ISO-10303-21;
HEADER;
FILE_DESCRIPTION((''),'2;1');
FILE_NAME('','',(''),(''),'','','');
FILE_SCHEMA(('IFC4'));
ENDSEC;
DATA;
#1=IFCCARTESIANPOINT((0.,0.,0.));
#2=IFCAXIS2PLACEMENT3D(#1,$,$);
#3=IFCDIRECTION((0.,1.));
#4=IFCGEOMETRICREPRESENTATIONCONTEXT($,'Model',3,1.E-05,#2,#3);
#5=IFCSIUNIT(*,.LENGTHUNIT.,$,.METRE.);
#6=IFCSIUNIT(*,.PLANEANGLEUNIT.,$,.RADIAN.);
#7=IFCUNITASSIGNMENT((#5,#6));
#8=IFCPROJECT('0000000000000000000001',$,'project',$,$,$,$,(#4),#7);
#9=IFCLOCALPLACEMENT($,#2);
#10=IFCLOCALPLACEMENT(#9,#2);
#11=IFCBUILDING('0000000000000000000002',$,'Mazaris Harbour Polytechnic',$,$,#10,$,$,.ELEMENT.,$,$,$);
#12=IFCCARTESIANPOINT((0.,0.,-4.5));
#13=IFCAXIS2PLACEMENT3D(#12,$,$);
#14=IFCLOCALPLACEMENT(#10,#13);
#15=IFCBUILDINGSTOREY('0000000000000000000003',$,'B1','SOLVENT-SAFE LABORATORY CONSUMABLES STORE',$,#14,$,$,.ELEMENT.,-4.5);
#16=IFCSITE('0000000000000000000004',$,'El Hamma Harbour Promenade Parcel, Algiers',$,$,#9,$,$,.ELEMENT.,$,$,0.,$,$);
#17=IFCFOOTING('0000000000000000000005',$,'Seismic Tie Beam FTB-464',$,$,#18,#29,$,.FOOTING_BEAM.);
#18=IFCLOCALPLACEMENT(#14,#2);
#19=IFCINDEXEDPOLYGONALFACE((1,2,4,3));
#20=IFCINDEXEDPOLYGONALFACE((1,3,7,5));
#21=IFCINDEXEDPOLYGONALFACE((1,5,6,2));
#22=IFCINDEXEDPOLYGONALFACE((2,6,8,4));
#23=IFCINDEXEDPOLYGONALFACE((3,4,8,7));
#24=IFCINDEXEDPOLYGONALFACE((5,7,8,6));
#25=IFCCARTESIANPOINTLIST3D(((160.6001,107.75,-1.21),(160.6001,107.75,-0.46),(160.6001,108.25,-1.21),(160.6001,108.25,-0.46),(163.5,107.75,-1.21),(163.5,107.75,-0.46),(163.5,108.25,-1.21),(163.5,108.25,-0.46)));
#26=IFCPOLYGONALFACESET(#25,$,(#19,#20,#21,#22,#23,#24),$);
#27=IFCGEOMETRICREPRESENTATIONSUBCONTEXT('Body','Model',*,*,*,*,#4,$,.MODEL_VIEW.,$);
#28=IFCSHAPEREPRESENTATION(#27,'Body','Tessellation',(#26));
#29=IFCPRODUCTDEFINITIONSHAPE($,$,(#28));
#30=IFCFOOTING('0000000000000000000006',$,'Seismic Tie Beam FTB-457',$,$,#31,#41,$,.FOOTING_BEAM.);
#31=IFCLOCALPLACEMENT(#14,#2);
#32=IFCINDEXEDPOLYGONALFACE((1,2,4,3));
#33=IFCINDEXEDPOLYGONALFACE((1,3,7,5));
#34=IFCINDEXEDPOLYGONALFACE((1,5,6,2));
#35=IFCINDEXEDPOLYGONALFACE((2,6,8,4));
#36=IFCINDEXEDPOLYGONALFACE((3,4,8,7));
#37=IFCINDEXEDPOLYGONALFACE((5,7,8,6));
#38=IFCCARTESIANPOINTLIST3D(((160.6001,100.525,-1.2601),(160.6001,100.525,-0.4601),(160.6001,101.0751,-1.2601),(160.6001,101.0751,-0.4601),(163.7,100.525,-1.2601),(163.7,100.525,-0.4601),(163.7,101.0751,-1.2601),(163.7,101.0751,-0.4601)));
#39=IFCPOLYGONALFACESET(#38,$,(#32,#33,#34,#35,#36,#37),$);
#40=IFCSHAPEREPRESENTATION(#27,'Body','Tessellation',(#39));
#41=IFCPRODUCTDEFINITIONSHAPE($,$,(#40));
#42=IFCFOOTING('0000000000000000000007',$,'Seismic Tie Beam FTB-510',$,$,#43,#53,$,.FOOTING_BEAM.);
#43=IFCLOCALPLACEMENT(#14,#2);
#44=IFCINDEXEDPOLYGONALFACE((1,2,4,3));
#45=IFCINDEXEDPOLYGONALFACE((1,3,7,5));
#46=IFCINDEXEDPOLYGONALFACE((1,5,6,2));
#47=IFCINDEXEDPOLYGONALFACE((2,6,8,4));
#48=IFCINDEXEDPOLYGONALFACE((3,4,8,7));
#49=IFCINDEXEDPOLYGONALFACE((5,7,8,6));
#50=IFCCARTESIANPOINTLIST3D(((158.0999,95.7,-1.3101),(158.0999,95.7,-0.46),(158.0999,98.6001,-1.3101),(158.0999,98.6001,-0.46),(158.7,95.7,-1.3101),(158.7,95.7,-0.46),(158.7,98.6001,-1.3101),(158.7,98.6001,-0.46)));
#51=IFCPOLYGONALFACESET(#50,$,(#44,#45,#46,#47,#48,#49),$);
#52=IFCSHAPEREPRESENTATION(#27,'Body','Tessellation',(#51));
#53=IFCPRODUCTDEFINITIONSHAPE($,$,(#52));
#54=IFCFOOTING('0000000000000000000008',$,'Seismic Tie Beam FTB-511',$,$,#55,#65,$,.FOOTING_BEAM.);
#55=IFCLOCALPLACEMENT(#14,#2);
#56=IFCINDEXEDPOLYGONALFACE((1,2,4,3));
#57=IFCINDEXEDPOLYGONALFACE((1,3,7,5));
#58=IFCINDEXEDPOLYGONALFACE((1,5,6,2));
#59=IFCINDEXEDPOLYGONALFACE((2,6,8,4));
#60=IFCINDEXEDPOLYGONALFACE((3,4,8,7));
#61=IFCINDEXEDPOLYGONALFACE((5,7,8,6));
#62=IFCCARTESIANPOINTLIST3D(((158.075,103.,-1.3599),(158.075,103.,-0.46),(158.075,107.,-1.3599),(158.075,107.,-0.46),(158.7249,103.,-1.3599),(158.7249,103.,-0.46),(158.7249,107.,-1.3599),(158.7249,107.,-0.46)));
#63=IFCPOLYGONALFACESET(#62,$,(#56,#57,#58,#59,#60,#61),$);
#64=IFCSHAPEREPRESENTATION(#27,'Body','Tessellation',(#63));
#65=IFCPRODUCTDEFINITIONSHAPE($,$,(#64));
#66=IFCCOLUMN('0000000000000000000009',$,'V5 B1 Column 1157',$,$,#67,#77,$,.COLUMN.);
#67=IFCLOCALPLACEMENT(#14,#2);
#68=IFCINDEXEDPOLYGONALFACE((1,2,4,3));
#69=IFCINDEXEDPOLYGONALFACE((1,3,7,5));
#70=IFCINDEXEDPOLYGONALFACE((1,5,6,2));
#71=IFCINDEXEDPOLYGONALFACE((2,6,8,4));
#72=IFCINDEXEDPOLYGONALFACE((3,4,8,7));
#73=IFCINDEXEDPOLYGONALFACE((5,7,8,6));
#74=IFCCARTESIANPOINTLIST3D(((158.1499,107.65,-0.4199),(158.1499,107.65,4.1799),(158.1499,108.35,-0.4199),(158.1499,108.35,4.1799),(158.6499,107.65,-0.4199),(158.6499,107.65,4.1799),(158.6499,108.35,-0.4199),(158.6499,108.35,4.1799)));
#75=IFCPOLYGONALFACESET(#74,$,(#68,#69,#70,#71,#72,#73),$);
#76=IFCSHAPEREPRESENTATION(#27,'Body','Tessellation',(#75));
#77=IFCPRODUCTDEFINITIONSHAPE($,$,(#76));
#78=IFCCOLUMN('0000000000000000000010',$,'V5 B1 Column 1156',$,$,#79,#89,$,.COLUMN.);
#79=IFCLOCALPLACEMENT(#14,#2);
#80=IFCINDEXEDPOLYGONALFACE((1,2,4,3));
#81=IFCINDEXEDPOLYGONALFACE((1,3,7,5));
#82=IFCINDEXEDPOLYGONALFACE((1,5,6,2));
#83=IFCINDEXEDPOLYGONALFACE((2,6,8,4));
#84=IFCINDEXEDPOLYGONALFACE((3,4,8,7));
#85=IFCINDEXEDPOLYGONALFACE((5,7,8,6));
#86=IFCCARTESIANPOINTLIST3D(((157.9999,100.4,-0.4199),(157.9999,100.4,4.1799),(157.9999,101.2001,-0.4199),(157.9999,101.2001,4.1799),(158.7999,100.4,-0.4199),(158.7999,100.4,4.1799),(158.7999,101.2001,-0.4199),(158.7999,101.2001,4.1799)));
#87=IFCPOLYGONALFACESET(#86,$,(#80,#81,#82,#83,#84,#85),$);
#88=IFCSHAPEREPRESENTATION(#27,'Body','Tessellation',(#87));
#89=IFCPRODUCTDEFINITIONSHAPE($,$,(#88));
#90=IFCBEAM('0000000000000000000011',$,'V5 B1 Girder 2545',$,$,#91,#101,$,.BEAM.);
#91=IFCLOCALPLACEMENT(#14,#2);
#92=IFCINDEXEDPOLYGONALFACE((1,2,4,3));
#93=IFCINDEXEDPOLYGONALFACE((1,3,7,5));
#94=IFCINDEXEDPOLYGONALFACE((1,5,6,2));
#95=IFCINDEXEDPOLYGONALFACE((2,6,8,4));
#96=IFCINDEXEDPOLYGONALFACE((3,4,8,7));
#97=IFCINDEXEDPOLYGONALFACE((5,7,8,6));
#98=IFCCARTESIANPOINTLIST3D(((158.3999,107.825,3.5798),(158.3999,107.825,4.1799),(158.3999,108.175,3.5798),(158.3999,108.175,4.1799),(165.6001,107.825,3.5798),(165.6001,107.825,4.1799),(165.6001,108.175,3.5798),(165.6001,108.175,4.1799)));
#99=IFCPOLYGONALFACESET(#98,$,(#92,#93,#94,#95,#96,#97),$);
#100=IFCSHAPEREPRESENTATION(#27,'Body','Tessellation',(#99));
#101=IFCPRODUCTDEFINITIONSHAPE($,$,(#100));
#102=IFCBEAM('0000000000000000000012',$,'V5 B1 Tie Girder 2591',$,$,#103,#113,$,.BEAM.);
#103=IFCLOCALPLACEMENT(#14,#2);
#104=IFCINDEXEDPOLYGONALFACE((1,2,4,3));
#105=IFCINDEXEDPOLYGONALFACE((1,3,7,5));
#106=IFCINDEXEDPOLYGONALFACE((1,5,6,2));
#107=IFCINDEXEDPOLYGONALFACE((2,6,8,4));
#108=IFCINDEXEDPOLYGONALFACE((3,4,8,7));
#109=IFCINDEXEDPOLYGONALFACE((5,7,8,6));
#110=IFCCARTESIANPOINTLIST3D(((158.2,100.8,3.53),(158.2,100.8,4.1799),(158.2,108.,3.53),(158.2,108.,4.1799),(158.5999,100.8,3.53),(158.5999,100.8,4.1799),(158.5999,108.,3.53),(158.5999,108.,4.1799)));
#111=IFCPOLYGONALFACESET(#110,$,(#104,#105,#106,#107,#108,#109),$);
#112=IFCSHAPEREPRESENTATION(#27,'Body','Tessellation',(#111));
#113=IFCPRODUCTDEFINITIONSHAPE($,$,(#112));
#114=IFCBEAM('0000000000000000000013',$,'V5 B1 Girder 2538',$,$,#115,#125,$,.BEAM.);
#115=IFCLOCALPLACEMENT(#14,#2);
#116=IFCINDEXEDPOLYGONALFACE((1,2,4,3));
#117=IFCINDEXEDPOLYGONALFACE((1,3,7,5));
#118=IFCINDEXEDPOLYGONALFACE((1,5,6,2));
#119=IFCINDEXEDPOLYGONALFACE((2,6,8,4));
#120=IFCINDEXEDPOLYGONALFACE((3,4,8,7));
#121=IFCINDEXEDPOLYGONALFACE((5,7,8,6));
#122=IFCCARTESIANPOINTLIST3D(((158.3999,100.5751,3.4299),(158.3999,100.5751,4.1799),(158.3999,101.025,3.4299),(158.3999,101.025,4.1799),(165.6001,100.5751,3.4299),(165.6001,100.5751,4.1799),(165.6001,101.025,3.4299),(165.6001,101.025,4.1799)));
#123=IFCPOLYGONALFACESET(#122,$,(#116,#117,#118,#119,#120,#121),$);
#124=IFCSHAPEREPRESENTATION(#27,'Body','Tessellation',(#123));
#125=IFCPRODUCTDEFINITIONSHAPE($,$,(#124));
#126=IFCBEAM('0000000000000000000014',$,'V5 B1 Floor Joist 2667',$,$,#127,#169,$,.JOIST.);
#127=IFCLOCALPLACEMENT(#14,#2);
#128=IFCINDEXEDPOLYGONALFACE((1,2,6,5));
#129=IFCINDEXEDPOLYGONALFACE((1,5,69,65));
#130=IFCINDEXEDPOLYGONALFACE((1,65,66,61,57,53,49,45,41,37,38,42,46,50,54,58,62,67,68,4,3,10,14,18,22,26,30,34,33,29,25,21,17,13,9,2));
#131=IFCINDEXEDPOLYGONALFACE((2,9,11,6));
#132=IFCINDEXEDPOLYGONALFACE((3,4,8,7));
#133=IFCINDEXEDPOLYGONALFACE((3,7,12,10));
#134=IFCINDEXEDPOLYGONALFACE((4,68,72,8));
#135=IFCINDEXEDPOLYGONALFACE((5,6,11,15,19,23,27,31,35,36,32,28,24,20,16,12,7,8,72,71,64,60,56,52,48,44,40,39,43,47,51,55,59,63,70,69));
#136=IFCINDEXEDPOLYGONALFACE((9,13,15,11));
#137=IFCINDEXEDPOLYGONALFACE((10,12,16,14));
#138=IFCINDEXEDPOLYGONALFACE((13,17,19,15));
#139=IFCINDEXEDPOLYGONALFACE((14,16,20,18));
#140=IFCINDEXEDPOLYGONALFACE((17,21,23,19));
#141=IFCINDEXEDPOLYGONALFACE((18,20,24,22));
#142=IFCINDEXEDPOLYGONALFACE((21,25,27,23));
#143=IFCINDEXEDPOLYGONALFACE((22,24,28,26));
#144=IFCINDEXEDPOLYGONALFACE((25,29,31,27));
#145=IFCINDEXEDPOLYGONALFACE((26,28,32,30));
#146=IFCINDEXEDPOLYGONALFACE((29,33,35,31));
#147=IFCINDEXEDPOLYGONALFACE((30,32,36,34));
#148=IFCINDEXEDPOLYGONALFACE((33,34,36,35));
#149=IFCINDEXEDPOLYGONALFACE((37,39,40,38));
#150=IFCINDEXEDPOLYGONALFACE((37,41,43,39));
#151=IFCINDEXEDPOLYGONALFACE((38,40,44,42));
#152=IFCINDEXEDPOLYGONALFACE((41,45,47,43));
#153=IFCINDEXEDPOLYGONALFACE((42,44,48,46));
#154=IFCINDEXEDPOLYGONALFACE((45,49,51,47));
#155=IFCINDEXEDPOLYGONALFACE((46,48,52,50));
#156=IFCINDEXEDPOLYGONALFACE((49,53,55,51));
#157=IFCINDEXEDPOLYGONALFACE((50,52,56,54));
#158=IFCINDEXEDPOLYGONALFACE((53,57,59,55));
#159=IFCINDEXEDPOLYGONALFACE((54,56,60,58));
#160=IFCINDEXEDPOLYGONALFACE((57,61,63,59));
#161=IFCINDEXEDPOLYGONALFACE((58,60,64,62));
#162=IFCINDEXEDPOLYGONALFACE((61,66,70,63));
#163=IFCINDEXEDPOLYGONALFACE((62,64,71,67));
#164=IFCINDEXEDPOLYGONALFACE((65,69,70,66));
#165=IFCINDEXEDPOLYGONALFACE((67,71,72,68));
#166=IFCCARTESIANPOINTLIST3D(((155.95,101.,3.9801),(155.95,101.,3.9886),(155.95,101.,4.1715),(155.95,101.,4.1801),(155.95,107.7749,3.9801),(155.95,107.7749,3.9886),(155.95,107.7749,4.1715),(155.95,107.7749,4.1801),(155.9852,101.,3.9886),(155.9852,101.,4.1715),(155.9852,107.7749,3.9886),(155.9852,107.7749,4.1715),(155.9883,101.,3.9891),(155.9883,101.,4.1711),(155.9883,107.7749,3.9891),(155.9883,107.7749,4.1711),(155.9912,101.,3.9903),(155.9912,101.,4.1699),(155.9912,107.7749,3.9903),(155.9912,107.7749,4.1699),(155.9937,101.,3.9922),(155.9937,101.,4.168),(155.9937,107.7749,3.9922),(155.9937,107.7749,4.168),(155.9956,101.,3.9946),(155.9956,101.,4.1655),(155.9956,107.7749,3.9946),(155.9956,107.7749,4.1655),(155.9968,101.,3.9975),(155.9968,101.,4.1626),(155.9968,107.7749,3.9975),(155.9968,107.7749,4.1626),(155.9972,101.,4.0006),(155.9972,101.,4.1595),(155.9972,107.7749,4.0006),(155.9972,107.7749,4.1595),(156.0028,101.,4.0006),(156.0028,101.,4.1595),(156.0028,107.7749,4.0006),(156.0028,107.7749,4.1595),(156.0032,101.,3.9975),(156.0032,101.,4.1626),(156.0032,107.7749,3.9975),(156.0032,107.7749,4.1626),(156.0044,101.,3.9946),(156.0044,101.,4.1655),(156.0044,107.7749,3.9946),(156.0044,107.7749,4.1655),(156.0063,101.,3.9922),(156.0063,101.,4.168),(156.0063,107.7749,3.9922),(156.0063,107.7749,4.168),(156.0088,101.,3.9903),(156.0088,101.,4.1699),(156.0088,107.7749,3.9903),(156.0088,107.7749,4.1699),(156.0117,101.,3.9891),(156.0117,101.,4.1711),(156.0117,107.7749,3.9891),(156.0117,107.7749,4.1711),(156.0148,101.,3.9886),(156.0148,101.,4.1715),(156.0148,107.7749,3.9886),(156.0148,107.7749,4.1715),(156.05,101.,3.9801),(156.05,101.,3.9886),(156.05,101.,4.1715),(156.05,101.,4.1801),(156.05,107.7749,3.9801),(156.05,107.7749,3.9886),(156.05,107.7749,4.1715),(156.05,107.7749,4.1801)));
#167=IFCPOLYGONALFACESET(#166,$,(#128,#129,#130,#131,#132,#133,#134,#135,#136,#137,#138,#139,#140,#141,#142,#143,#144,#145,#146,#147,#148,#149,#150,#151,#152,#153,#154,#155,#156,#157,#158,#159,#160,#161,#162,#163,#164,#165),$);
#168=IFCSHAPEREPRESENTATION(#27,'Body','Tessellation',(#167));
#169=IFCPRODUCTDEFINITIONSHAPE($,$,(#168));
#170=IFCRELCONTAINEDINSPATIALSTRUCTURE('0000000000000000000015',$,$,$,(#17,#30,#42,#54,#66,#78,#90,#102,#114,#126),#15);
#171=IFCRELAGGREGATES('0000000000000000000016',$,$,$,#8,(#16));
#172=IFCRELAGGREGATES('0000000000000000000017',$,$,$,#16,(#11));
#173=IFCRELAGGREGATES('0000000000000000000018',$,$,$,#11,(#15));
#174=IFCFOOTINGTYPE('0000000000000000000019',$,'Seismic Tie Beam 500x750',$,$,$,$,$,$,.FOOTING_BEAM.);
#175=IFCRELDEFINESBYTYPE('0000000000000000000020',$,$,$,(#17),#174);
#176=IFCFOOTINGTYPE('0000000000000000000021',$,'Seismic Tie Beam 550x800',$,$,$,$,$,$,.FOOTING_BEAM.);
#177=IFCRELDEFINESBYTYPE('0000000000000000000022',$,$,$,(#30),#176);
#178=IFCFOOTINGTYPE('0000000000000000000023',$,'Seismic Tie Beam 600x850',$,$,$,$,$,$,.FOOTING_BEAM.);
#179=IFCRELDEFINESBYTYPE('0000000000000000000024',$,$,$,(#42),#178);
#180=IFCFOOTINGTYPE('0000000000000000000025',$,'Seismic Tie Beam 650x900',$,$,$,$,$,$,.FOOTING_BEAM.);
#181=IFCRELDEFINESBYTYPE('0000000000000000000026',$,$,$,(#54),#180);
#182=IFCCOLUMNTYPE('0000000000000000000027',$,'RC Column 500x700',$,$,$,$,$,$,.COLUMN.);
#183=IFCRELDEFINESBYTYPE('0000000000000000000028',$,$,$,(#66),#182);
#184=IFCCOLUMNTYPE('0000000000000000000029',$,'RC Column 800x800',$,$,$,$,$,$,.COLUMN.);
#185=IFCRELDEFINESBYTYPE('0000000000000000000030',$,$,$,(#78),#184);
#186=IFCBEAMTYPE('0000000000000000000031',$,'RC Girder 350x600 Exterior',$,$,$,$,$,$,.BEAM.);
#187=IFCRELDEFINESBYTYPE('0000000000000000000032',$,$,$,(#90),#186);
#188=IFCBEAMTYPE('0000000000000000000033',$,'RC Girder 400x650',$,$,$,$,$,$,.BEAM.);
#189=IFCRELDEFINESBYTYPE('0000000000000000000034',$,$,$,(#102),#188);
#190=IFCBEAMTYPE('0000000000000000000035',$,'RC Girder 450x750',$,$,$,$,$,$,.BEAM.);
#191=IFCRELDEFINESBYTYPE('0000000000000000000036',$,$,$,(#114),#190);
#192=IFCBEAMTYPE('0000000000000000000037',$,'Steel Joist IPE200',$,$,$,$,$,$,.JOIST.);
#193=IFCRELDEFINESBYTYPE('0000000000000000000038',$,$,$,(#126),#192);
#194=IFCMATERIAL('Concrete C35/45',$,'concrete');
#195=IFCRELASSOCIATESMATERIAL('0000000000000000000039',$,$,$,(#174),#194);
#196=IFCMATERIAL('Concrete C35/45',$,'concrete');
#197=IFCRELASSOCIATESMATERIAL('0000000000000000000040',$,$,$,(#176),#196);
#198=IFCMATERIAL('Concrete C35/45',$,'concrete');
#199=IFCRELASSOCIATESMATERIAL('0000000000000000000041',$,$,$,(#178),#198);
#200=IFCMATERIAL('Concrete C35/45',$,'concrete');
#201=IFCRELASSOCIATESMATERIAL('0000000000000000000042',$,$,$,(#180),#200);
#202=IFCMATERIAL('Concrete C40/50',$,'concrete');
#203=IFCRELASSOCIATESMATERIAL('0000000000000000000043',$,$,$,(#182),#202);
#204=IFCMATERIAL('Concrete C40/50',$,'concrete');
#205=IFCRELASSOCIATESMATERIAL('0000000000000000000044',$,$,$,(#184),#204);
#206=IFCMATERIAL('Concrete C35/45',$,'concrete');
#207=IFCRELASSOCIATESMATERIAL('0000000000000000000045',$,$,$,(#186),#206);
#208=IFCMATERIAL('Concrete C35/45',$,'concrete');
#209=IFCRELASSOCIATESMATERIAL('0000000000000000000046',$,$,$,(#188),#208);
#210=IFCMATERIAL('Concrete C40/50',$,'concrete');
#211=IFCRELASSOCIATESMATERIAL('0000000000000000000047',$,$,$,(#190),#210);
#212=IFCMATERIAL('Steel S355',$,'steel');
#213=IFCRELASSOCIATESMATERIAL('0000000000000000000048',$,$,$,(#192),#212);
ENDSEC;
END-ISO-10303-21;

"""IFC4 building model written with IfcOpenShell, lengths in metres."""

from ifc_helpers import new_model, si_unit, direction, frame, origin, origin_2d, place, context, subcontext, project, spatial, rectangle, i_section, extrude, material, material_profile, profile_set, type_object, element, save


model = new_model("IFC4")

# Units and contexts
model_context = context("Model", 3, precision=1e-05, world=origin(), true_north=direction((0.0, 1.0)))
body_context = subcontext(model_context, "Body", "Model", "MODEL_VIEW")
ifc_project = project(units=[si_unit("LENGTHUNIT", "METRE"), si_unit("PLANEANGLEUNIT", "RADIAN")], contexts=[model_context])

# Site, building, storey
site_placement = place(None, origin())
site = spatial("IfcSite", under=ifc_project, at=site_placement, Name="El Hamma Harbour Promenade Parcel, Algiers", CompositionType="ELEMENT", RefElevation=0.0)
building_placement = place(site_placement, origin())
building = spatial("IfcBuilding", under=site, at=building_placement, Name="Mazaris Harbour Polytechnic", CompositionType="ELEMENT")
storey_placement = place(building_placement, frame((0.0, 0.0, -4.5)))
storey = spatial("IfcBuildingStorey", under=building, at=storey_placement, Name="B1", Description="SOLVENT-SAFE LABORATORY CONSUMABLES STORE", CompositionType="ELEMENT", Elevation=-4.5)

# Footings
ifc_material_1 = material(Name="Concrete C35/45", Category="concrete")
ifc_material_profile_1 = material_profile(ifc_material_1, rectangle(XDim=0.5, YDim=0.75, at=origin_2d()), Name="RECT500x750")
ifc_profile_set_1 = profile_set([ifc_material_profile_1], Name="Concrete C35/45")
footing_type_1 = type_object("IfcFootingType", Name="Seismic Tie Beam 500x750", PredefinedType="FOOTING_BEAM", material=ifc_profile_set_1)
footing_1_placement = place(storey_placement, frame((160.6001, 108.0, -0.835), z_axis=(1.0, 0.0, 0.0), x_axis=(0.0, 1.0, 0.0)))
element("IfcFooting", 1, at=footing_1_placement, inside=storey, type_object=footing_type_1, Name="Seismic Tie Beam FTB-464", PredefinedType="FOOTING_BEAM", context=body_context, shape_type="SweptSolid", body=[
    extrude(rectangle(XDim=0.5, YDim=0.75, at=origin_2d()), origin(), (0.0, 0.0, 1.0), 2.8999),
])
ifc_material_2 = material(Name="Concrete C35/45", Category="concrete")
ifc_material_profile_2 = material_profile(ifc_material_2, rectangle(XDim=0.55, YDim=0.8, at=origin_2d()), Name="RECT550x800")
ifc_profile_set_2 = profile_set([ifc_material_profile_2], Name="Concrete C35/45")
footing_type_2 = type_object("IfcFootingType", Name="Seismic Tie Beam 550x800", PredefinedType="FOOTING_BEAM", material=ifc_profile_set_2)
footing_2_placement = place(storey_placement, frame((160.6001, 100.8, -0.8601), z_axis=(1.0, 0.0, 0.0), x_axis=(0.0, 1.0, 0.0)))
element("IfcFooting", 2, at=footing_2_placement, inside=storey, type_object=footing_type_2, Name="Seismic Tie Beam FTB-457", PredefinedType="FOOTING_BEAM", context=body_context, shape_type="SweptSolid", body=[
    extrude(rectangle(XDim=0.55, YDim=0.8, at=origin_2d()), origin(), (0.0, 0.0, 1.0), 3.0999),
])
ifc_material_3 = material(Name="Concrete C35/45", Category="concrete")
ifc_material_profile_3 = material_profile(ifc_material_3, rectangle(XDim=0.6001, YDim=0.8501, at=origin_2d()), Name="RECT600x850")
ifc_profile_set_3 = profile_set([ifc_material_profile_3], Name="Concrete C35/45")
footing_type_3 = type_object("IfcFootingType", Name="Seismic Tie Beam 600x850", PredefinedType="FOOTING_BEAM", material=ifc_profile_set_3)
footing_3_placement = place(storey_placement, frame((158.3999, 95.7, -0.885), z_axis=(0.0, 1.0, 0.0), x_axis=(-1.0, 0.0, 0.0)))
element("IfcFooting", 3, at=footing_3_placement, inside=storey, type_object=footing_type_3, Name="Seismic Tie Beam FTB-510", PredefinedType="FOOTING_BEAM", context=body_context, shape_type="SweptSolid", body=[
    extrude(rectangle(XDim=0.6001, YDim=0.8501, at=origin_2d()), origin(), (0.0, 0.0, 1.0), 2.9001),
])
ifc_material_4 = material(Name="Concrete C35/45", Category="concrete")
ifc_material_profile_4 = material_profile(ifc_material_4, rectangle(XDim=0.6499, YDim=0.8999, at=origin_2d()), Name="RECT650x900")
ifc_profile_set_4 = profile_set([ifc_material_profile_4], Name="Concrete C35/45")
footing_type_4 = type_object("IfcFootingType", Name="Seismic Tie Beam 650x900", PredefinedType="FOOTING_BEAM", material=ifc_profile_set_4)
footing_4_placement = place(storey_placement, frame((158.3999, 103.0, -0.9099), z_axis=(0.0, 1.0, 0.0), x_axis=(-1.0, 0.0, 0.0)))
element("IfcFooting", 4, at=footing_4_placement, inside=storey, type_object=footing_type_4, Name="Seismic Tie Beam FTB-511", PredefinedType="FOOTING_BEAM", context=body_context, shape_type="SweptSolid", body=[
    extrude(rectangle(XDim=0.6499, YDim=0.8999, at=origin_2d()), origin(), (0.0, 0.0, 1.0), 4.0),
])

# Columns
ifc_material_5 = material(Name="Concrete C40/50", Category="concrete")
ifc_material_profile_5 = material_profile(ifc_material_5, rectangle(XDim=0.5, YDim=0.7, at=origin_2d()), Name="RECT500x700")
ifc_profile_set_5 = profile_set([ifc_material_profile_5], Name="Concrete C40/50")
column_type_1 = type_object("IfcColumnType", Name="RC Column 500x700", PredefinedType="COLUMN", material=ifc_profile_set_5)
column_1_placement = place(storey_placement, frame((158.3999, 108.0, -0.4199), z_axis=(0.0, 0.0, 1.0), x_axis=(1.0, 0.0, 0.0)))
element("IfcColumn", 5, at=column_1_placement, inside=storey, type_object=column_type_1, Name="V5 B1 Column 1157", PredefinedType="COLUMN", context=body_context, shape_type="SweptSolid", body=[
    extrude(rectangle(XDim=0.5, YDim=0.7, at=origin_2d()), origin(), (0.0, 0.0, 1.0), 4.5999),
])
ifc_material_6 = material(Name="Concrete C40/50", Category="concrete")
ifc_material_profile_6 = material_profile(ifc_material_6, rectangle(XDim=0.8, YDim=0.8, at=origin_2d()), Name="RECT800x800")
ifc_profile_set_6 = profile_set([ifc_material_profile_6], Name="Concrete C40/50")
column_type_2 = type_object("IfcColumnType", Name="RC Column 800x800", PredefinedType="COLUMN", material=ifc_profile_set_6)
column_2_placement = place(storey_placement, frame((158.3999, 100.8, -0.4199), z_axis=(0.0, 0.0, 1.0), x_axis=(1.0, 0.0, 0.0)))
element("IfcColumn", 6, at=column_2_placement, inside=storey, type_object=column_type_2, Name="V5 B1 Column 1156", PredefinedType="COLUMN", context=body_context, shape_type="SweptSolid", body=[
    extrude(rectangle(XDim=0.8, YDim=0.8, at=origin_2d()), origin(), (0.0, 0.0, 1.0), 4.5999),
])

# Beams
ifc_material_7 = material(Name="Concrete C35/45", Category="concrete")
ifc_material_profile_7 = material_profile(ifc_material_7, rectangle(XDim=0.3501, YDim=0.6001, at=origin_2d()), Name="RECT350x600")
ifc_profile_set_7 = profile_set([ifc_material_profile_7], Name="Concrete C35/45")
beam_type_1 = type_object("IfcBeamType", Name="RC Girder 350x600 Exterior", PredefinedType="BEAM", material=ifc_profile_set_7)
beam_1_placement = place(storey_placement, frame((158.3999, 108.0, 3.8799), z_axis=(1.0, 0.0, 0.0), x_axis=(0.0, 1.0, 0.0)))
element("IfcBeam", 7, at=beam_1_placement, inside=storey, type_object=beam_type_1, Name="V5 B1 Girder 2545", PredefinedType="BEAM", context=body_context, shape_type="SweptSolid", body=[
    extrude(rectangle(XDim=0.3501, YDim=0.6001, at=origin_2d()), origin(), (0.0, 0.0, 1.0), 7.2002),
])
ifc_material_8 = material(Name="Concrete C35/45", Category="concrete")
ifc_material_profile_8 = material_profile(ifc_material_8, rectangle(XDim=0.3999, YDim=0.6499, at=origin_2d()), Name="RECT400x650")
ifc_profile_set_8 = profile_set([ifc_material_profile_8], Name="Concrete C35/45")
beam_type_2 = type_object("IfcBeamType", Name="RC Girder 400x650", PredefinedType="BEAM", material=ifc_profile_set_8)
beam_2_placement = place(storey_placement, frame((158.3999, 100.8, 3.855), z_axis=(0.0, 1.0, 0.0), x_axis=(-1.0, 0.0, 0.0)))
element("IfcBeam", 8, at=beam_2_placement, inside=storey, type_object=beam_type_2, Name="V5 B1 Tie Girder 2591", PredefinedType="BEAM", context=body_context, shape_type="SweptSolid", body=[
    extrude(rectangle(XDim=0.3999, YDim=0.6499, at=origin_2d()), origin(), (0.0, 0.0, 1.0), 7.2),
])
ifc_material_9 = material(Name="Concrete C40/50", Category="concrete")
ifc_material_profile_9 = material_profile(ifc_material_9, rectangle(XDim=0.45, YDim=0.75, at=origin_2d()), Name="RECT450x750")
ifc_profile_set_9 = profile_set([ifc_material_profile_9], Name="Concrete C40/50")
beam_type_3 = type_object("IfcBeamType", Name="RC Girder 450x750", PredefinedType="BEAM", material=ifc_profile_set_9)
beam_3_placement = place(storey_placement, frame((158.3999, 100.8, 3.8049), z_axis=(1.0, 0.0, 0.0), x_axis=(0.0, 1.0, 0.0)))
element("IfcBeam", 9, at=beam_3_placement, inside=storey, type_object=beam_type_3, Name="V5 B1 Girder 2538", PredefinedType="BEAM", context=body_context, shape_type="SweptSolid", body=[
    extrude(rectangle(XDim=0.45, YDim=0.75, at=origin_2d()), origin(), (0.0, 0.0, 1.0), 7.2002),
])
ifc_material_10 = material(Name="Steel S355", Category="steel")
ifc_material_profile_10 = material_profile(ifc_material_10, i_section(OverallWidth=0.1001, OverallDepth=0.2, WebThickness=0.0056, FlangeThickness=0.0085, FilletRadius=0.012, at=origin_2d()), Name="IPE 200")
ifc_profile_set_10 = profile_set([ifc_material_profile_10], Name="Steel S355")
beam_type_4 = type_object("IfcBeamType", Name="Steel Joist IPE200", PredefinedType="JOIST", material=ifc_profile_set_10)
beam_4_placement = place(storey_placement, frame((156.0, 101.0, 4.0801), z_axis=(0.0, 1.0, 0.0), x_axis=(-1.0, 0.0, 0.0)))
element("IfcBeam", 10, at=beam_4_placement, inside=storey, type_object=beam_type_4, Name="V5 B1 Floor Joist 2667", PredefinedType="JOIST", context=body_context, shape_type="SweptSolid", body=[
    extrude(i_section(OverallWidth=0.1001, OverallDepth=0.2, WebThickness=0.0056, FlangeThickness=0.0085, FilletRadius=0.012, at=origin_2d()), origin(), (0.0, 0.0, 1.0), 6.7749),
])

save(model, "model.ifc")
